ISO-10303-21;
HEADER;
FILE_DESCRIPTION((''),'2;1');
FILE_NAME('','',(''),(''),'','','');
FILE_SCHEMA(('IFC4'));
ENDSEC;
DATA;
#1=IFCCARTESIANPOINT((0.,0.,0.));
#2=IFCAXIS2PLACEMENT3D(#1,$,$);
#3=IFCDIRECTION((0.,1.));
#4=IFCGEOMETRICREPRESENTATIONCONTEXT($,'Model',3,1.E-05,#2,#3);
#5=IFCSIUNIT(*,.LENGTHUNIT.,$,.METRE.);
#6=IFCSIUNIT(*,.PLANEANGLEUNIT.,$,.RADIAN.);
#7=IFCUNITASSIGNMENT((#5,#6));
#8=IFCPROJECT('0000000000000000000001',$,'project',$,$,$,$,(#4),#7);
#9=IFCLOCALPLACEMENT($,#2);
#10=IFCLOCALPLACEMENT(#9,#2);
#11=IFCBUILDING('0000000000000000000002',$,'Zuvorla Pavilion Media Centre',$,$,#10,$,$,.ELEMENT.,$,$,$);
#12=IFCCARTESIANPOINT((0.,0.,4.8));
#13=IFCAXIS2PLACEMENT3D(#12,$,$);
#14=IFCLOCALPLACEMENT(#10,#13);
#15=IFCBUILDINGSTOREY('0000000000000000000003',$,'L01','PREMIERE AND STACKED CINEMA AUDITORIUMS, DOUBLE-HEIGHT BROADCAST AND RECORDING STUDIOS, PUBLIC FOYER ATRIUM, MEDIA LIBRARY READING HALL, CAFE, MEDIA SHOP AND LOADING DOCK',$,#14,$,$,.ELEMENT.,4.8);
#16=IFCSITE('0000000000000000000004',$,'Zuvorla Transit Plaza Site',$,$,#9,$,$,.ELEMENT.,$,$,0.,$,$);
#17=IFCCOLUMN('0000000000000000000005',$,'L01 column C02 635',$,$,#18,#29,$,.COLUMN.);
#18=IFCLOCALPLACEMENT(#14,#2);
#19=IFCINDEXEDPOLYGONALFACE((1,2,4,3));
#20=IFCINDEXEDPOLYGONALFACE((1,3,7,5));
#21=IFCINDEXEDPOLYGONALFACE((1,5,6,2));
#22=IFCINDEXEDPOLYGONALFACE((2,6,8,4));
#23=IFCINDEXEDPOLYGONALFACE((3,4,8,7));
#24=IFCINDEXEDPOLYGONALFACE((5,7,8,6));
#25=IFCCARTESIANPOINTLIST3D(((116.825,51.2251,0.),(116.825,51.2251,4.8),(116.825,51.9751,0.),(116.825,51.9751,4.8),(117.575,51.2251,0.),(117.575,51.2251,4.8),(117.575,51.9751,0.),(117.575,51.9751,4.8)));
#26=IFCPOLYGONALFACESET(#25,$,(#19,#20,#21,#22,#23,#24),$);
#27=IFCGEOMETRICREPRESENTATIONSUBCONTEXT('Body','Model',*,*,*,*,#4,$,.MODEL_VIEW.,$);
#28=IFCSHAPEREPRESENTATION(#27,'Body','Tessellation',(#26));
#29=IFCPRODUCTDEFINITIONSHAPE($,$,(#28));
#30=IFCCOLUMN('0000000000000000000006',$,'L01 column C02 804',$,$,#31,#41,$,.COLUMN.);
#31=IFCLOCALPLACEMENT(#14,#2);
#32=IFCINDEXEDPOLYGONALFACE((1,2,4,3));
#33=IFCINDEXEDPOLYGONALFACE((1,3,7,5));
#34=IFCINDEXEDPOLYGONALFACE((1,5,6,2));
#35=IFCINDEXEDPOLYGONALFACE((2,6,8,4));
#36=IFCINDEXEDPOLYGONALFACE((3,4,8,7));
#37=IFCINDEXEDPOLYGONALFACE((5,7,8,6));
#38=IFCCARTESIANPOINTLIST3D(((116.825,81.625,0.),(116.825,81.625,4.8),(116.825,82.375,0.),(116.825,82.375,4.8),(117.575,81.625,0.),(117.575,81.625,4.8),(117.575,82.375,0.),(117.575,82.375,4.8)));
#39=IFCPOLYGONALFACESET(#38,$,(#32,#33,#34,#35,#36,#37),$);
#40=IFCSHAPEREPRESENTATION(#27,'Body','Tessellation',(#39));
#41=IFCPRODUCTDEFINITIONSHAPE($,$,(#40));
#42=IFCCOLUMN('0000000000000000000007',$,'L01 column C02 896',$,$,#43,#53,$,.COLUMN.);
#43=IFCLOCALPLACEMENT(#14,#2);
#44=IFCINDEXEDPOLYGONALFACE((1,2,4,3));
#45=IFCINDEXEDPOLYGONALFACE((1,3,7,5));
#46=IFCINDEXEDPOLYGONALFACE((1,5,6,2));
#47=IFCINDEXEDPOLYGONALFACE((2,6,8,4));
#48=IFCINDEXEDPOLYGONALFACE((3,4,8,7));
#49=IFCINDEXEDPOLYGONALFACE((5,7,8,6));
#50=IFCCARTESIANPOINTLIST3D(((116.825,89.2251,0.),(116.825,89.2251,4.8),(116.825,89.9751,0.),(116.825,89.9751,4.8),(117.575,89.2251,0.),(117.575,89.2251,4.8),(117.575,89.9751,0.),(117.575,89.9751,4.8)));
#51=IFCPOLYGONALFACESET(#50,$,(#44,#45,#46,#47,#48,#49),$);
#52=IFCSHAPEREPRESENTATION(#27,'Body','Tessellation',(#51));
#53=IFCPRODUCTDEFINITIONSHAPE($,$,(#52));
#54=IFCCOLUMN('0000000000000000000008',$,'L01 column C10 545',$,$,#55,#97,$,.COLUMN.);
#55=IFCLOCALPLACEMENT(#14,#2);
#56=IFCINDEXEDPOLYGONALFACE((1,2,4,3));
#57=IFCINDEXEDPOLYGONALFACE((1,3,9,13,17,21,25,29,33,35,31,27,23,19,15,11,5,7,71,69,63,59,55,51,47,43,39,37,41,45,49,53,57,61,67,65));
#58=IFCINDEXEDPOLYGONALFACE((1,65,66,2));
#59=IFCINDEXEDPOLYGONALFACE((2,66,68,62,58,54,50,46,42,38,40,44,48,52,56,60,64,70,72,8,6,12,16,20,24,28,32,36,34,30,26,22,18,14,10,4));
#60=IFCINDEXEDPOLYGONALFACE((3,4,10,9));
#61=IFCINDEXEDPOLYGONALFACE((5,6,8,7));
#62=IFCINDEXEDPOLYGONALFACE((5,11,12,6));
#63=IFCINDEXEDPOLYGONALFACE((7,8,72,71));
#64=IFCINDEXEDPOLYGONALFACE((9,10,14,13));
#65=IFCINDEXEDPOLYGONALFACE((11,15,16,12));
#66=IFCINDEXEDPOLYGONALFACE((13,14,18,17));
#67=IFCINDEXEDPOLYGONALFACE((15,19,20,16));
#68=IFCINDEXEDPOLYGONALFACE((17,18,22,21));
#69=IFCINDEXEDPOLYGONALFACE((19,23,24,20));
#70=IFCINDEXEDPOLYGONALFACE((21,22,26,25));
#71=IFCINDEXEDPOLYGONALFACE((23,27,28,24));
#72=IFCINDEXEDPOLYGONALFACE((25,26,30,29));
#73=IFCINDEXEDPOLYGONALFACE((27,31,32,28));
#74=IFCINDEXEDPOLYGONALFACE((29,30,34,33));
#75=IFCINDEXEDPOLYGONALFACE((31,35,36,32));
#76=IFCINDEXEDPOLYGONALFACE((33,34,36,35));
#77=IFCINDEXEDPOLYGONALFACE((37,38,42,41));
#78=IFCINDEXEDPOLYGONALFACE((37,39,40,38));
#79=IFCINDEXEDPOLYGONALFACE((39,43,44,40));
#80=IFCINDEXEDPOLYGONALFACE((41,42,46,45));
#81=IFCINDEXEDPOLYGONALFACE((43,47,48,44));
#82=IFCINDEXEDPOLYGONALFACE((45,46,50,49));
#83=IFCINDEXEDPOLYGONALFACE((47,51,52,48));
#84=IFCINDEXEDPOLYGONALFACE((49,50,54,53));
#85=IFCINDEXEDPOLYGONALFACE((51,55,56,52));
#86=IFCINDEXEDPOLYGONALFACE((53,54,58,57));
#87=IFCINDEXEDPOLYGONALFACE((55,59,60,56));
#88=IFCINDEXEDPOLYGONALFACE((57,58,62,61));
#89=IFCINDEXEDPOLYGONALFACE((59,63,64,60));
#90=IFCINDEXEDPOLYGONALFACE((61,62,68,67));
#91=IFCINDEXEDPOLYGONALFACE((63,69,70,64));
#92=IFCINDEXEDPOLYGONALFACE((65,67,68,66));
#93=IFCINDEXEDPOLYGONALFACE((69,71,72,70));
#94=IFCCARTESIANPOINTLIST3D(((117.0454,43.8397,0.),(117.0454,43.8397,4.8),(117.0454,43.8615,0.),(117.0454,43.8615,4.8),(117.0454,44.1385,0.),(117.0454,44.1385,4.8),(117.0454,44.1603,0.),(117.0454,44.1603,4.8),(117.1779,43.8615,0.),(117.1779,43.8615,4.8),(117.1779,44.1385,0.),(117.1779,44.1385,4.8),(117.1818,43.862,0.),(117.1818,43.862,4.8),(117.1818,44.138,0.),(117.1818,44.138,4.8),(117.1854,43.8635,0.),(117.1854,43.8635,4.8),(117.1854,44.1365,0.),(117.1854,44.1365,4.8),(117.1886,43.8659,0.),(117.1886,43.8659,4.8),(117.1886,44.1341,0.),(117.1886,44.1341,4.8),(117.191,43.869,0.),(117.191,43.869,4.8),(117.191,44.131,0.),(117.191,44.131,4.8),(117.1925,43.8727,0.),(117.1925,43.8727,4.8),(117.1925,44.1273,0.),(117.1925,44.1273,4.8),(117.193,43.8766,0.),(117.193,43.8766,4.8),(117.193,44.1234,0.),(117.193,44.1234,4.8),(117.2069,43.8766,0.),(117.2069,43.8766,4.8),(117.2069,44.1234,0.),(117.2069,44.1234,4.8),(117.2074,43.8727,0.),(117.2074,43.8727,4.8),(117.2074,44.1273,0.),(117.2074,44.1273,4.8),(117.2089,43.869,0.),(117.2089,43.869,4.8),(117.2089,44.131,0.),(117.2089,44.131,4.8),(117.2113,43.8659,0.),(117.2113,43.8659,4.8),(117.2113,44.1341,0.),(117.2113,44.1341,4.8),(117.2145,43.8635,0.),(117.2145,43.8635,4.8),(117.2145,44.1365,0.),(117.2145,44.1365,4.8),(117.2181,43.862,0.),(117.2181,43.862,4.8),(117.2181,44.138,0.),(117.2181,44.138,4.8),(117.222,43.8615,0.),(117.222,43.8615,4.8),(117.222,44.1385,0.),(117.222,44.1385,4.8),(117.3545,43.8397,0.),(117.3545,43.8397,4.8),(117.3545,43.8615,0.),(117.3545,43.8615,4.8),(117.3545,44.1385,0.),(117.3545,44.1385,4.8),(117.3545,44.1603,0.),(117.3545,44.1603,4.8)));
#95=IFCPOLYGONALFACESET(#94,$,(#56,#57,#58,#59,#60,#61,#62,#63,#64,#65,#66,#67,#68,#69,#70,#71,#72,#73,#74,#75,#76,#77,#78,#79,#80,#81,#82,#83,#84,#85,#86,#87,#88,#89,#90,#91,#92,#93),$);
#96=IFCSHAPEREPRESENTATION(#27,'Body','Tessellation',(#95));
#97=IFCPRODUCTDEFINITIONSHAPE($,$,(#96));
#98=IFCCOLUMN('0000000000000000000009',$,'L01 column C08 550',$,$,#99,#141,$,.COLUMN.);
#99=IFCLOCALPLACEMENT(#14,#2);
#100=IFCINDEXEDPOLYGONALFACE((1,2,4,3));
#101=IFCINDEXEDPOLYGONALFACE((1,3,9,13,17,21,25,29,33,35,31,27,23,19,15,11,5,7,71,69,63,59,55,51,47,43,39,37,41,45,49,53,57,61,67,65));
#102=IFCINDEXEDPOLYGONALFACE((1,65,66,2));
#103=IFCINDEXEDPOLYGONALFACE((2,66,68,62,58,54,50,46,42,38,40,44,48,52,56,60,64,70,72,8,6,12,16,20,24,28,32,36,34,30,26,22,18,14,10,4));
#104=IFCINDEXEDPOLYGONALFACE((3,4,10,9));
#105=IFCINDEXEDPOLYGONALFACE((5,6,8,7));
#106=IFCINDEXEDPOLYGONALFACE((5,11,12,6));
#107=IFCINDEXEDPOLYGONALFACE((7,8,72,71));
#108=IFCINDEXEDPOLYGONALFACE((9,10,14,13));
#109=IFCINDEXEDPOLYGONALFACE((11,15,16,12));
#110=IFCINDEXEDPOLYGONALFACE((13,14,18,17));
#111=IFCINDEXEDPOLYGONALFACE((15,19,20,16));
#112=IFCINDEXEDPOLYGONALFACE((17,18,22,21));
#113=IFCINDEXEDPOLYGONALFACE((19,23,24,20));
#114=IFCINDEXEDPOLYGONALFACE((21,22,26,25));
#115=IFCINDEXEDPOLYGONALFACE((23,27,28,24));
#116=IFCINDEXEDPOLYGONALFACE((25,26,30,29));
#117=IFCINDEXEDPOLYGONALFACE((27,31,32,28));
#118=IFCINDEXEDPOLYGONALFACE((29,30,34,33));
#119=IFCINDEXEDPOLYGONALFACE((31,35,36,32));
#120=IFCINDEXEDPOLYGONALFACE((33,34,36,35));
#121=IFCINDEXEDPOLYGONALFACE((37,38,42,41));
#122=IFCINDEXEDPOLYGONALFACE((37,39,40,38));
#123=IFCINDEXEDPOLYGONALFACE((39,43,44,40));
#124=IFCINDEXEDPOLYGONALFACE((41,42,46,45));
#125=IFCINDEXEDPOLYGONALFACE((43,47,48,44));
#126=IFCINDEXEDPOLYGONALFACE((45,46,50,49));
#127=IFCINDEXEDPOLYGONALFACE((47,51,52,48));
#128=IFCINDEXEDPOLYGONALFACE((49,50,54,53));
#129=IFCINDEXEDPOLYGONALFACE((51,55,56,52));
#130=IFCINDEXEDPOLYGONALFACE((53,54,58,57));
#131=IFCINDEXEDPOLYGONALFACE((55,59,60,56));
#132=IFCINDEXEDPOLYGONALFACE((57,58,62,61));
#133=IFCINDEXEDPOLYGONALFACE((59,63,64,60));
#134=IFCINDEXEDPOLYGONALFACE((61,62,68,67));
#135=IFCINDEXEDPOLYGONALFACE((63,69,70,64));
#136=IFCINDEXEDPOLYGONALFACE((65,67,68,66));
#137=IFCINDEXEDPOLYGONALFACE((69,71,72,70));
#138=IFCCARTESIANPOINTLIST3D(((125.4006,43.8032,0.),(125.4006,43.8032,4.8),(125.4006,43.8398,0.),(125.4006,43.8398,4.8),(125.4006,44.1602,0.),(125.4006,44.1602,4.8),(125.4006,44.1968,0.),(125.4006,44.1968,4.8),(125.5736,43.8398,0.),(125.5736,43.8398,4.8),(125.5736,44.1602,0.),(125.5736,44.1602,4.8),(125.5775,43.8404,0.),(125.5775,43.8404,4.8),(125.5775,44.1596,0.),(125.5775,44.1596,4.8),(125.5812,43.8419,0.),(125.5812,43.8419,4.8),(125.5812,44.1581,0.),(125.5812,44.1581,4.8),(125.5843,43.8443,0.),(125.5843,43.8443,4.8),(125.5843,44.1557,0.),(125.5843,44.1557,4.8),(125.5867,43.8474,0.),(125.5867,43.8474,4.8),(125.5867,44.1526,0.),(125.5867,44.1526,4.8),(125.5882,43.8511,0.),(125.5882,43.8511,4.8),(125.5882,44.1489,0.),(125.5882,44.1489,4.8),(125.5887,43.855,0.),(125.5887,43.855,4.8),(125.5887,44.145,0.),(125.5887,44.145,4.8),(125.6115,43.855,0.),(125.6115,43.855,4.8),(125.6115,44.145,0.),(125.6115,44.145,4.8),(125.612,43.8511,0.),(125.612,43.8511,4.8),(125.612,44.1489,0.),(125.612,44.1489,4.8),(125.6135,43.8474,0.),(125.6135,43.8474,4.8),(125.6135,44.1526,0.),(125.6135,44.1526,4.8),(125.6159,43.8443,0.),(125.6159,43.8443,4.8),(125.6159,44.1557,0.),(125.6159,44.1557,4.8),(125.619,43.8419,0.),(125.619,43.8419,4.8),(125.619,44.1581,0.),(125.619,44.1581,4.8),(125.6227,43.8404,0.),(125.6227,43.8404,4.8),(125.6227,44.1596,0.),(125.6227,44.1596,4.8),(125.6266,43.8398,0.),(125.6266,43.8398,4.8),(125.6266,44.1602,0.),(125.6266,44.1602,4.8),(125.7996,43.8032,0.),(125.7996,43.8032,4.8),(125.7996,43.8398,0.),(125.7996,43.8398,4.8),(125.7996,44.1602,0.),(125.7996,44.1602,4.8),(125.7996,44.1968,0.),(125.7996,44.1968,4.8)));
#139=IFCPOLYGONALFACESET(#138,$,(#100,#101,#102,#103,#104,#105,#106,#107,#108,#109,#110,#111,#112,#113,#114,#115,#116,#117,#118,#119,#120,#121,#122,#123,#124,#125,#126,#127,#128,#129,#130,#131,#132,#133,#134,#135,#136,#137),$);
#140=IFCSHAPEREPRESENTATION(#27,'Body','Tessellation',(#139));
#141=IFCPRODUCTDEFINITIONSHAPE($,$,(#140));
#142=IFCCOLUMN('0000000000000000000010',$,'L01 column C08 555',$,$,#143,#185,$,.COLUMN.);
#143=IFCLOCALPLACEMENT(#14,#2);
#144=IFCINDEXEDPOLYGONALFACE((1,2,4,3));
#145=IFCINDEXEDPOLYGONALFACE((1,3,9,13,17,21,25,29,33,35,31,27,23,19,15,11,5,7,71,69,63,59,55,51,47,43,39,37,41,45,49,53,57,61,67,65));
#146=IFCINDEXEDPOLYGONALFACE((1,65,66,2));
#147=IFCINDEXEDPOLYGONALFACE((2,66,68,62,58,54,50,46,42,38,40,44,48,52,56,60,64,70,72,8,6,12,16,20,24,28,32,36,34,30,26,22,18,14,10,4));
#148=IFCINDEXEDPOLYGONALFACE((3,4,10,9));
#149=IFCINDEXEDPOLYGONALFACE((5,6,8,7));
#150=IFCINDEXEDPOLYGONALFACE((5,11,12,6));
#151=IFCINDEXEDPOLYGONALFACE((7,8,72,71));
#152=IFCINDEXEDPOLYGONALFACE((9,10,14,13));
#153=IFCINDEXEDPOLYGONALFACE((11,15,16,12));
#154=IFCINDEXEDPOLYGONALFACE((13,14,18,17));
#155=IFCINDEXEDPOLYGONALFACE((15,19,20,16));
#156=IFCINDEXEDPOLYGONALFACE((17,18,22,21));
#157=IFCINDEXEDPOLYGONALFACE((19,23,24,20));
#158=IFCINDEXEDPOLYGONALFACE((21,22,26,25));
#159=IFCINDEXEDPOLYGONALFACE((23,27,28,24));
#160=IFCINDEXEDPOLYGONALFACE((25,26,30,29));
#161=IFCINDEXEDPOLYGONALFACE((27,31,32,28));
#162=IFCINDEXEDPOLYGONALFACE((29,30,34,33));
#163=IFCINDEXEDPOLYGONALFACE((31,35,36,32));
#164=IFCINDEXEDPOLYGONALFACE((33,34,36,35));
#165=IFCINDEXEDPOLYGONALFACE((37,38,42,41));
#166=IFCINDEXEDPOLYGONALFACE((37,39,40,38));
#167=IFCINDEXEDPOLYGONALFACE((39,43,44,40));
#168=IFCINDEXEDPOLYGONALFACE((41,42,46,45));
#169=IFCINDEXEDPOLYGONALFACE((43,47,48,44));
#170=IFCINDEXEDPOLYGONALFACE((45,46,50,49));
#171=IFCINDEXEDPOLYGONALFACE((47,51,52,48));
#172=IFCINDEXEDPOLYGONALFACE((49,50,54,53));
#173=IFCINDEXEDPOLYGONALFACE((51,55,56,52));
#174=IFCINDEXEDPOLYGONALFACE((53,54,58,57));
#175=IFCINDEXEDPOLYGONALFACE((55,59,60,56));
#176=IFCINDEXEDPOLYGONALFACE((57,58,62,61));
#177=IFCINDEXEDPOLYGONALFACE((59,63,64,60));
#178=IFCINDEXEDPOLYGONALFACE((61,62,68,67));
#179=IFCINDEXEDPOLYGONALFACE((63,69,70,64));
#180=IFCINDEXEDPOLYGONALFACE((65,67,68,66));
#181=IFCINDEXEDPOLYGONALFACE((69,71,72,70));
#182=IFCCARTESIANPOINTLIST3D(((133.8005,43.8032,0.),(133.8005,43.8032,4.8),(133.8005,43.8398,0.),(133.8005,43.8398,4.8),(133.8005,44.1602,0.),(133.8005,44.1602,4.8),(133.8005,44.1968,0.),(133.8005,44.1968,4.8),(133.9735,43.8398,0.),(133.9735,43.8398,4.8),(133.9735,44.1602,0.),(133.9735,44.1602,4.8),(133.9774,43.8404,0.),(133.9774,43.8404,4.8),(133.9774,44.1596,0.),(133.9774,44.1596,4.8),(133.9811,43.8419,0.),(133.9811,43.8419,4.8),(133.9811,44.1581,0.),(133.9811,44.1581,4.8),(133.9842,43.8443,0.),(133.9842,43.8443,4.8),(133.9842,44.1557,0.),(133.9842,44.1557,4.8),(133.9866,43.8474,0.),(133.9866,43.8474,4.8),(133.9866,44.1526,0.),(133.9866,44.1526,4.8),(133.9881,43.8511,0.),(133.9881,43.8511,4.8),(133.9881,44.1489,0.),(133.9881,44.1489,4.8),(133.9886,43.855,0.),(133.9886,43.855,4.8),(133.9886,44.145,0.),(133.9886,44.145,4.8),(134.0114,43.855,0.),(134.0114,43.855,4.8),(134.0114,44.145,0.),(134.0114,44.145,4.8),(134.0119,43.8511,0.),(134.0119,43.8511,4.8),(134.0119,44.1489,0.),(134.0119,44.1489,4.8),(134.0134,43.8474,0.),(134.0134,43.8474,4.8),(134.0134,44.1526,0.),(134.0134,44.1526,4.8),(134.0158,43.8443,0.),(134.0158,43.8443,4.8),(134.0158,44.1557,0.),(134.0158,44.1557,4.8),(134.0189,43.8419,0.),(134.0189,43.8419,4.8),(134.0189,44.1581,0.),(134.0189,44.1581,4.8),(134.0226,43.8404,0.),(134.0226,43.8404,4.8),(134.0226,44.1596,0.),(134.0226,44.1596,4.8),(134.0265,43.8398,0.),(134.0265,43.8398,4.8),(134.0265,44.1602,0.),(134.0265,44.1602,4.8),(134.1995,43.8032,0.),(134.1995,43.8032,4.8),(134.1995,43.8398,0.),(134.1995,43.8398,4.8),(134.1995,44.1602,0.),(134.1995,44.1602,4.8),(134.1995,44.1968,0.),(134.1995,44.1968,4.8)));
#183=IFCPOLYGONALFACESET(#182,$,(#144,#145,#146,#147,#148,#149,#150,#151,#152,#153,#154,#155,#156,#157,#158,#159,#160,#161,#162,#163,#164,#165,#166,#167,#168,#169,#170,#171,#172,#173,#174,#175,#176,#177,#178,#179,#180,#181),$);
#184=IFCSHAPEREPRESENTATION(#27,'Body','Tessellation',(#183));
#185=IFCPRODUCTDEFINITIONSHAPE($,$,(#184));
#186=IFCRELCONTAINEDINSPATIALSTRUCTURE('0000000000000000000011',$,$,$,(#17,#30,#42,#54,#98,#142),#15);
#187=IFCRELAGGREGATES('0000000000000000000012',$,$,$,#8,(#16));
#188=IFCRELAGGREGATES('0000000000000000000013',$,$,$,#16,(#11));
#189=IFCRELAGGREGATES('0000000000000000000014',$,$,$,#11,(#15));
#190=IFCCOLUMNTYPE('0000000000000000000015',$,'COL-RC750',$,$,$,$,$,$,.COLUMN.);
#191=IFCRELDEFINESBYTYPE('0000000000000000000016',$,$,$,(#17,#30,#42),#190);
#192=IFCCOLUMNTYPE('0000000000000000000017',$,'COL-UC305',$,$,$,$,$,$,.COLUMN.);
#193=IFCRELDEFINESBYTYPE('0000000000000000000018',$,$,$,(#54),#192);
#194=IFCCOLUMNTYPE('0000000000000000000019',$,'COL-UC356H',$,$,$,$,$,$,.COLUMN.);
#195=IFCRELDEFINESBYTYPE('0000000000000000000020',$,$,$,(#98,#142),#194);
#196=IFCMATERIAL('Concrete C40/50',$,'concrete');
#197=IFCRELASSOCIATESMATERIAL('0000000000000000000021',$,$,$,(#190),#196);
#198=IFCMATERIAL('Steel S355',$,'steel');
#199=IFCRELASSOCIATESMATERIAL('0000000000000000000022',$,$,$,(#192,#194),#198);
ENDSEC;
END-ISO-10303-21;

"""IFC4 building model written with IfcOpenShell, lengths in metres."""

from ifc_helpers import new_model, si_unit, direction, frame, origin, origin_2d, place, context, subcontext, project, spatial, rectangle, i_section, extrude, material, material_profile, profile_set, type_object, element, save


model = new_model("IFC4")

# Units and contexts
model_context = context("Model", 3, precision=1e-05, world=origin(), true_north=direction((0.0, 1.0)))
body_context = subcontext(model_context, "Body", "Model", "MODEL_VIEW")
ifc_project = project(units=[si_unit("LENGTHUNIT", "METRE"), si_unit("PLANEANGLEUNIT", "RADIAN")], contexts=[model_context])

# Site, building, storey
site_placement = place(None, origin())
site = spatial("IfcSite", under=ifc_project, at=site_placement, Name="Zuvorla Transit Plaza Site", CompositionType="ELEMENT", RefElevation=0.0)
building_placement = place(site_placement, origin())
building = spatial("IfcBuilding", under=site, at=building_placement, Name="Zuvorla Pavilion Media Centre", CompositionType="ELEMENT")
storey_placement = place(building_placement, frame((0.0, 0.0, 4.8)))
storey = spatial("IfcBuildingStorey", under=building, at=storey_placement, Name="L01", Description="PREMIERE AND STACKED CINEMA AUDITORIUMS, DOUBLE-HEIGHT BROADCAST AND RECORDING STUDIOS, PUBLIC FOYER ATRIUM, MEDIA LIBRARY READING HALL, CAFE, MEDIA SHOP AND LOADING DOCK", CompositionType="ELEMENT", Elevation=4.8)

# Columns
ifc_material_1 = material(Name="Concrete C40/50", Category="concrete")
ifc_material_profile_1 = material_profile(ifc_material_1, rectangle(XDim=0.75, YDim=0.75, at=origin_2d()), Name="RC 750x750")
ifc_profile_set_1 = profile_set([ifc_material_profile_1], Name="Concrete C40/50")
column_type_1 = type_object("IfcColumnType", Name="COL-RC750", PredefinedType="COLUMN", material=ifc_profile_set_1)
for number, where, z_axis, x_axis, name in (
    (1, (117.2, 51.6001, 0.0), (0.0, 0.0, 1.0), (1.0, 0.0, 0.0), "L01 column C02 635"),
    (2, (117.2, 82.0, 0.0), (0.0, 0.0, 1.0), (1.0, 0.0, 0.0), "L01 column C02 804"),
    (3, (117.2, 89.6001, 0.0), (0.0, 0.0, 1.0), (1.0, 0.0, 0.0), "L01 column C02 896"),
):
    element("IfcColumn", number, at=place(storey_placement, frame(where, z_axis=z_axis, x_axis=x_axis)), inside=storey, type_object=column_type_1, Name=name, PredefinedType="COLUMN", context=body_context, shape_type="SweptSolid", body=[
        extrude(rectangle(XDim=0.75, YDim=0.75, at=origin_2d()), origin(), (0.0, 0.0, 1.0), 4.8),
    ])
ifc_material_2 = material(Name="Steel S355", Category="steel")
ifc_material_profile_2 = material_profile(ifc_material_2, i_section(OverallWidth=0.3091, OverallDepth=0.3206, WebThickness=0.0139, FlangeThickness=0.0217, FilletRadius=0.0151, at=origin_2d()), Name="UC 305x305x137")
ifc_profile_set_2 = profile_set([ifc_material_profile_2], Name="Steel S355")
column_type_2 = type_object("IfcColumnType", Name="COL-UC305", PredefinedType="COLUMN", material=ifc_profile_set_2)
column_placement = place(storey_placement, frame((117.2, 44.0, 0.0), z_axis=(0.0, 0.0, 1.0), x_axis=(1.0, 0.0, 0.0)))
element("IfcColumn", 4, at=column_placement, inside=storey, type_object=column_type_2, Name="L01 column C10 545", PredefinedType="COLUMN", context=body_context, shape_type="SweptSolid", body=[
    extrude(i_section(OverallWidth=0.3091, OverallDepth=0.3206, WebThickness=0.0139, FlangeThickness=0.0217, FilletRadius=0.0151, at=origin_2d()), origin(), (0.0, 0.0, 1.0), 4.8),
])
ifc_material_profile_3 = material_profile(ifc_material_2, i_section(OverallWidth=0.3989, OverallDepth=0.3936, WebThickness=0.0227, FlangeThickness=0.0366, FilletRadius=0.0151, at=origin_2d()), Name="UC 356x406x287")
ifc_profile_set_3 = profile_set([ifc_material_profile_3], Name="Steel S355")
column_type_3 = type_object("IfcColumnType", Name="COL-UC356H", PredefinedType="COLUMN", material=ifc_profile_set_3)
for number, where, z_axis, x_axis, name in (
    (5, (125.6001, 44.0, 0.0), (0.0, 0.0, 1.0), (1.0, 0.0, 0.0), "L01 column C08 550"),
    (6, (134.0, 44.0, 0.0), (0.0, 0.0, 1.0), (1.0, 0.0, 0.0), "L01 column C08 555"),
):
    element("IfcColumn", number, at=place(storey_placement, frame(where, z_axis=z_axis, x_axis=x_axis)), inside=storey, type_object=column_type_3, Name=name, PredefinedType="COLUMN", context=body_context, shape_type="SweptSolid", body=[
        extrude(i_section(OverallWidth=0.3989, OverallDepth=0.3936, WebThickness=0.0227, FlangeThickness=0.0366, FilletRadius=0.0151, at=origin_2d()), origin(), (0.0, 0.0, 1.0), 4.8),
    ])

save(model, "model.ifc")
